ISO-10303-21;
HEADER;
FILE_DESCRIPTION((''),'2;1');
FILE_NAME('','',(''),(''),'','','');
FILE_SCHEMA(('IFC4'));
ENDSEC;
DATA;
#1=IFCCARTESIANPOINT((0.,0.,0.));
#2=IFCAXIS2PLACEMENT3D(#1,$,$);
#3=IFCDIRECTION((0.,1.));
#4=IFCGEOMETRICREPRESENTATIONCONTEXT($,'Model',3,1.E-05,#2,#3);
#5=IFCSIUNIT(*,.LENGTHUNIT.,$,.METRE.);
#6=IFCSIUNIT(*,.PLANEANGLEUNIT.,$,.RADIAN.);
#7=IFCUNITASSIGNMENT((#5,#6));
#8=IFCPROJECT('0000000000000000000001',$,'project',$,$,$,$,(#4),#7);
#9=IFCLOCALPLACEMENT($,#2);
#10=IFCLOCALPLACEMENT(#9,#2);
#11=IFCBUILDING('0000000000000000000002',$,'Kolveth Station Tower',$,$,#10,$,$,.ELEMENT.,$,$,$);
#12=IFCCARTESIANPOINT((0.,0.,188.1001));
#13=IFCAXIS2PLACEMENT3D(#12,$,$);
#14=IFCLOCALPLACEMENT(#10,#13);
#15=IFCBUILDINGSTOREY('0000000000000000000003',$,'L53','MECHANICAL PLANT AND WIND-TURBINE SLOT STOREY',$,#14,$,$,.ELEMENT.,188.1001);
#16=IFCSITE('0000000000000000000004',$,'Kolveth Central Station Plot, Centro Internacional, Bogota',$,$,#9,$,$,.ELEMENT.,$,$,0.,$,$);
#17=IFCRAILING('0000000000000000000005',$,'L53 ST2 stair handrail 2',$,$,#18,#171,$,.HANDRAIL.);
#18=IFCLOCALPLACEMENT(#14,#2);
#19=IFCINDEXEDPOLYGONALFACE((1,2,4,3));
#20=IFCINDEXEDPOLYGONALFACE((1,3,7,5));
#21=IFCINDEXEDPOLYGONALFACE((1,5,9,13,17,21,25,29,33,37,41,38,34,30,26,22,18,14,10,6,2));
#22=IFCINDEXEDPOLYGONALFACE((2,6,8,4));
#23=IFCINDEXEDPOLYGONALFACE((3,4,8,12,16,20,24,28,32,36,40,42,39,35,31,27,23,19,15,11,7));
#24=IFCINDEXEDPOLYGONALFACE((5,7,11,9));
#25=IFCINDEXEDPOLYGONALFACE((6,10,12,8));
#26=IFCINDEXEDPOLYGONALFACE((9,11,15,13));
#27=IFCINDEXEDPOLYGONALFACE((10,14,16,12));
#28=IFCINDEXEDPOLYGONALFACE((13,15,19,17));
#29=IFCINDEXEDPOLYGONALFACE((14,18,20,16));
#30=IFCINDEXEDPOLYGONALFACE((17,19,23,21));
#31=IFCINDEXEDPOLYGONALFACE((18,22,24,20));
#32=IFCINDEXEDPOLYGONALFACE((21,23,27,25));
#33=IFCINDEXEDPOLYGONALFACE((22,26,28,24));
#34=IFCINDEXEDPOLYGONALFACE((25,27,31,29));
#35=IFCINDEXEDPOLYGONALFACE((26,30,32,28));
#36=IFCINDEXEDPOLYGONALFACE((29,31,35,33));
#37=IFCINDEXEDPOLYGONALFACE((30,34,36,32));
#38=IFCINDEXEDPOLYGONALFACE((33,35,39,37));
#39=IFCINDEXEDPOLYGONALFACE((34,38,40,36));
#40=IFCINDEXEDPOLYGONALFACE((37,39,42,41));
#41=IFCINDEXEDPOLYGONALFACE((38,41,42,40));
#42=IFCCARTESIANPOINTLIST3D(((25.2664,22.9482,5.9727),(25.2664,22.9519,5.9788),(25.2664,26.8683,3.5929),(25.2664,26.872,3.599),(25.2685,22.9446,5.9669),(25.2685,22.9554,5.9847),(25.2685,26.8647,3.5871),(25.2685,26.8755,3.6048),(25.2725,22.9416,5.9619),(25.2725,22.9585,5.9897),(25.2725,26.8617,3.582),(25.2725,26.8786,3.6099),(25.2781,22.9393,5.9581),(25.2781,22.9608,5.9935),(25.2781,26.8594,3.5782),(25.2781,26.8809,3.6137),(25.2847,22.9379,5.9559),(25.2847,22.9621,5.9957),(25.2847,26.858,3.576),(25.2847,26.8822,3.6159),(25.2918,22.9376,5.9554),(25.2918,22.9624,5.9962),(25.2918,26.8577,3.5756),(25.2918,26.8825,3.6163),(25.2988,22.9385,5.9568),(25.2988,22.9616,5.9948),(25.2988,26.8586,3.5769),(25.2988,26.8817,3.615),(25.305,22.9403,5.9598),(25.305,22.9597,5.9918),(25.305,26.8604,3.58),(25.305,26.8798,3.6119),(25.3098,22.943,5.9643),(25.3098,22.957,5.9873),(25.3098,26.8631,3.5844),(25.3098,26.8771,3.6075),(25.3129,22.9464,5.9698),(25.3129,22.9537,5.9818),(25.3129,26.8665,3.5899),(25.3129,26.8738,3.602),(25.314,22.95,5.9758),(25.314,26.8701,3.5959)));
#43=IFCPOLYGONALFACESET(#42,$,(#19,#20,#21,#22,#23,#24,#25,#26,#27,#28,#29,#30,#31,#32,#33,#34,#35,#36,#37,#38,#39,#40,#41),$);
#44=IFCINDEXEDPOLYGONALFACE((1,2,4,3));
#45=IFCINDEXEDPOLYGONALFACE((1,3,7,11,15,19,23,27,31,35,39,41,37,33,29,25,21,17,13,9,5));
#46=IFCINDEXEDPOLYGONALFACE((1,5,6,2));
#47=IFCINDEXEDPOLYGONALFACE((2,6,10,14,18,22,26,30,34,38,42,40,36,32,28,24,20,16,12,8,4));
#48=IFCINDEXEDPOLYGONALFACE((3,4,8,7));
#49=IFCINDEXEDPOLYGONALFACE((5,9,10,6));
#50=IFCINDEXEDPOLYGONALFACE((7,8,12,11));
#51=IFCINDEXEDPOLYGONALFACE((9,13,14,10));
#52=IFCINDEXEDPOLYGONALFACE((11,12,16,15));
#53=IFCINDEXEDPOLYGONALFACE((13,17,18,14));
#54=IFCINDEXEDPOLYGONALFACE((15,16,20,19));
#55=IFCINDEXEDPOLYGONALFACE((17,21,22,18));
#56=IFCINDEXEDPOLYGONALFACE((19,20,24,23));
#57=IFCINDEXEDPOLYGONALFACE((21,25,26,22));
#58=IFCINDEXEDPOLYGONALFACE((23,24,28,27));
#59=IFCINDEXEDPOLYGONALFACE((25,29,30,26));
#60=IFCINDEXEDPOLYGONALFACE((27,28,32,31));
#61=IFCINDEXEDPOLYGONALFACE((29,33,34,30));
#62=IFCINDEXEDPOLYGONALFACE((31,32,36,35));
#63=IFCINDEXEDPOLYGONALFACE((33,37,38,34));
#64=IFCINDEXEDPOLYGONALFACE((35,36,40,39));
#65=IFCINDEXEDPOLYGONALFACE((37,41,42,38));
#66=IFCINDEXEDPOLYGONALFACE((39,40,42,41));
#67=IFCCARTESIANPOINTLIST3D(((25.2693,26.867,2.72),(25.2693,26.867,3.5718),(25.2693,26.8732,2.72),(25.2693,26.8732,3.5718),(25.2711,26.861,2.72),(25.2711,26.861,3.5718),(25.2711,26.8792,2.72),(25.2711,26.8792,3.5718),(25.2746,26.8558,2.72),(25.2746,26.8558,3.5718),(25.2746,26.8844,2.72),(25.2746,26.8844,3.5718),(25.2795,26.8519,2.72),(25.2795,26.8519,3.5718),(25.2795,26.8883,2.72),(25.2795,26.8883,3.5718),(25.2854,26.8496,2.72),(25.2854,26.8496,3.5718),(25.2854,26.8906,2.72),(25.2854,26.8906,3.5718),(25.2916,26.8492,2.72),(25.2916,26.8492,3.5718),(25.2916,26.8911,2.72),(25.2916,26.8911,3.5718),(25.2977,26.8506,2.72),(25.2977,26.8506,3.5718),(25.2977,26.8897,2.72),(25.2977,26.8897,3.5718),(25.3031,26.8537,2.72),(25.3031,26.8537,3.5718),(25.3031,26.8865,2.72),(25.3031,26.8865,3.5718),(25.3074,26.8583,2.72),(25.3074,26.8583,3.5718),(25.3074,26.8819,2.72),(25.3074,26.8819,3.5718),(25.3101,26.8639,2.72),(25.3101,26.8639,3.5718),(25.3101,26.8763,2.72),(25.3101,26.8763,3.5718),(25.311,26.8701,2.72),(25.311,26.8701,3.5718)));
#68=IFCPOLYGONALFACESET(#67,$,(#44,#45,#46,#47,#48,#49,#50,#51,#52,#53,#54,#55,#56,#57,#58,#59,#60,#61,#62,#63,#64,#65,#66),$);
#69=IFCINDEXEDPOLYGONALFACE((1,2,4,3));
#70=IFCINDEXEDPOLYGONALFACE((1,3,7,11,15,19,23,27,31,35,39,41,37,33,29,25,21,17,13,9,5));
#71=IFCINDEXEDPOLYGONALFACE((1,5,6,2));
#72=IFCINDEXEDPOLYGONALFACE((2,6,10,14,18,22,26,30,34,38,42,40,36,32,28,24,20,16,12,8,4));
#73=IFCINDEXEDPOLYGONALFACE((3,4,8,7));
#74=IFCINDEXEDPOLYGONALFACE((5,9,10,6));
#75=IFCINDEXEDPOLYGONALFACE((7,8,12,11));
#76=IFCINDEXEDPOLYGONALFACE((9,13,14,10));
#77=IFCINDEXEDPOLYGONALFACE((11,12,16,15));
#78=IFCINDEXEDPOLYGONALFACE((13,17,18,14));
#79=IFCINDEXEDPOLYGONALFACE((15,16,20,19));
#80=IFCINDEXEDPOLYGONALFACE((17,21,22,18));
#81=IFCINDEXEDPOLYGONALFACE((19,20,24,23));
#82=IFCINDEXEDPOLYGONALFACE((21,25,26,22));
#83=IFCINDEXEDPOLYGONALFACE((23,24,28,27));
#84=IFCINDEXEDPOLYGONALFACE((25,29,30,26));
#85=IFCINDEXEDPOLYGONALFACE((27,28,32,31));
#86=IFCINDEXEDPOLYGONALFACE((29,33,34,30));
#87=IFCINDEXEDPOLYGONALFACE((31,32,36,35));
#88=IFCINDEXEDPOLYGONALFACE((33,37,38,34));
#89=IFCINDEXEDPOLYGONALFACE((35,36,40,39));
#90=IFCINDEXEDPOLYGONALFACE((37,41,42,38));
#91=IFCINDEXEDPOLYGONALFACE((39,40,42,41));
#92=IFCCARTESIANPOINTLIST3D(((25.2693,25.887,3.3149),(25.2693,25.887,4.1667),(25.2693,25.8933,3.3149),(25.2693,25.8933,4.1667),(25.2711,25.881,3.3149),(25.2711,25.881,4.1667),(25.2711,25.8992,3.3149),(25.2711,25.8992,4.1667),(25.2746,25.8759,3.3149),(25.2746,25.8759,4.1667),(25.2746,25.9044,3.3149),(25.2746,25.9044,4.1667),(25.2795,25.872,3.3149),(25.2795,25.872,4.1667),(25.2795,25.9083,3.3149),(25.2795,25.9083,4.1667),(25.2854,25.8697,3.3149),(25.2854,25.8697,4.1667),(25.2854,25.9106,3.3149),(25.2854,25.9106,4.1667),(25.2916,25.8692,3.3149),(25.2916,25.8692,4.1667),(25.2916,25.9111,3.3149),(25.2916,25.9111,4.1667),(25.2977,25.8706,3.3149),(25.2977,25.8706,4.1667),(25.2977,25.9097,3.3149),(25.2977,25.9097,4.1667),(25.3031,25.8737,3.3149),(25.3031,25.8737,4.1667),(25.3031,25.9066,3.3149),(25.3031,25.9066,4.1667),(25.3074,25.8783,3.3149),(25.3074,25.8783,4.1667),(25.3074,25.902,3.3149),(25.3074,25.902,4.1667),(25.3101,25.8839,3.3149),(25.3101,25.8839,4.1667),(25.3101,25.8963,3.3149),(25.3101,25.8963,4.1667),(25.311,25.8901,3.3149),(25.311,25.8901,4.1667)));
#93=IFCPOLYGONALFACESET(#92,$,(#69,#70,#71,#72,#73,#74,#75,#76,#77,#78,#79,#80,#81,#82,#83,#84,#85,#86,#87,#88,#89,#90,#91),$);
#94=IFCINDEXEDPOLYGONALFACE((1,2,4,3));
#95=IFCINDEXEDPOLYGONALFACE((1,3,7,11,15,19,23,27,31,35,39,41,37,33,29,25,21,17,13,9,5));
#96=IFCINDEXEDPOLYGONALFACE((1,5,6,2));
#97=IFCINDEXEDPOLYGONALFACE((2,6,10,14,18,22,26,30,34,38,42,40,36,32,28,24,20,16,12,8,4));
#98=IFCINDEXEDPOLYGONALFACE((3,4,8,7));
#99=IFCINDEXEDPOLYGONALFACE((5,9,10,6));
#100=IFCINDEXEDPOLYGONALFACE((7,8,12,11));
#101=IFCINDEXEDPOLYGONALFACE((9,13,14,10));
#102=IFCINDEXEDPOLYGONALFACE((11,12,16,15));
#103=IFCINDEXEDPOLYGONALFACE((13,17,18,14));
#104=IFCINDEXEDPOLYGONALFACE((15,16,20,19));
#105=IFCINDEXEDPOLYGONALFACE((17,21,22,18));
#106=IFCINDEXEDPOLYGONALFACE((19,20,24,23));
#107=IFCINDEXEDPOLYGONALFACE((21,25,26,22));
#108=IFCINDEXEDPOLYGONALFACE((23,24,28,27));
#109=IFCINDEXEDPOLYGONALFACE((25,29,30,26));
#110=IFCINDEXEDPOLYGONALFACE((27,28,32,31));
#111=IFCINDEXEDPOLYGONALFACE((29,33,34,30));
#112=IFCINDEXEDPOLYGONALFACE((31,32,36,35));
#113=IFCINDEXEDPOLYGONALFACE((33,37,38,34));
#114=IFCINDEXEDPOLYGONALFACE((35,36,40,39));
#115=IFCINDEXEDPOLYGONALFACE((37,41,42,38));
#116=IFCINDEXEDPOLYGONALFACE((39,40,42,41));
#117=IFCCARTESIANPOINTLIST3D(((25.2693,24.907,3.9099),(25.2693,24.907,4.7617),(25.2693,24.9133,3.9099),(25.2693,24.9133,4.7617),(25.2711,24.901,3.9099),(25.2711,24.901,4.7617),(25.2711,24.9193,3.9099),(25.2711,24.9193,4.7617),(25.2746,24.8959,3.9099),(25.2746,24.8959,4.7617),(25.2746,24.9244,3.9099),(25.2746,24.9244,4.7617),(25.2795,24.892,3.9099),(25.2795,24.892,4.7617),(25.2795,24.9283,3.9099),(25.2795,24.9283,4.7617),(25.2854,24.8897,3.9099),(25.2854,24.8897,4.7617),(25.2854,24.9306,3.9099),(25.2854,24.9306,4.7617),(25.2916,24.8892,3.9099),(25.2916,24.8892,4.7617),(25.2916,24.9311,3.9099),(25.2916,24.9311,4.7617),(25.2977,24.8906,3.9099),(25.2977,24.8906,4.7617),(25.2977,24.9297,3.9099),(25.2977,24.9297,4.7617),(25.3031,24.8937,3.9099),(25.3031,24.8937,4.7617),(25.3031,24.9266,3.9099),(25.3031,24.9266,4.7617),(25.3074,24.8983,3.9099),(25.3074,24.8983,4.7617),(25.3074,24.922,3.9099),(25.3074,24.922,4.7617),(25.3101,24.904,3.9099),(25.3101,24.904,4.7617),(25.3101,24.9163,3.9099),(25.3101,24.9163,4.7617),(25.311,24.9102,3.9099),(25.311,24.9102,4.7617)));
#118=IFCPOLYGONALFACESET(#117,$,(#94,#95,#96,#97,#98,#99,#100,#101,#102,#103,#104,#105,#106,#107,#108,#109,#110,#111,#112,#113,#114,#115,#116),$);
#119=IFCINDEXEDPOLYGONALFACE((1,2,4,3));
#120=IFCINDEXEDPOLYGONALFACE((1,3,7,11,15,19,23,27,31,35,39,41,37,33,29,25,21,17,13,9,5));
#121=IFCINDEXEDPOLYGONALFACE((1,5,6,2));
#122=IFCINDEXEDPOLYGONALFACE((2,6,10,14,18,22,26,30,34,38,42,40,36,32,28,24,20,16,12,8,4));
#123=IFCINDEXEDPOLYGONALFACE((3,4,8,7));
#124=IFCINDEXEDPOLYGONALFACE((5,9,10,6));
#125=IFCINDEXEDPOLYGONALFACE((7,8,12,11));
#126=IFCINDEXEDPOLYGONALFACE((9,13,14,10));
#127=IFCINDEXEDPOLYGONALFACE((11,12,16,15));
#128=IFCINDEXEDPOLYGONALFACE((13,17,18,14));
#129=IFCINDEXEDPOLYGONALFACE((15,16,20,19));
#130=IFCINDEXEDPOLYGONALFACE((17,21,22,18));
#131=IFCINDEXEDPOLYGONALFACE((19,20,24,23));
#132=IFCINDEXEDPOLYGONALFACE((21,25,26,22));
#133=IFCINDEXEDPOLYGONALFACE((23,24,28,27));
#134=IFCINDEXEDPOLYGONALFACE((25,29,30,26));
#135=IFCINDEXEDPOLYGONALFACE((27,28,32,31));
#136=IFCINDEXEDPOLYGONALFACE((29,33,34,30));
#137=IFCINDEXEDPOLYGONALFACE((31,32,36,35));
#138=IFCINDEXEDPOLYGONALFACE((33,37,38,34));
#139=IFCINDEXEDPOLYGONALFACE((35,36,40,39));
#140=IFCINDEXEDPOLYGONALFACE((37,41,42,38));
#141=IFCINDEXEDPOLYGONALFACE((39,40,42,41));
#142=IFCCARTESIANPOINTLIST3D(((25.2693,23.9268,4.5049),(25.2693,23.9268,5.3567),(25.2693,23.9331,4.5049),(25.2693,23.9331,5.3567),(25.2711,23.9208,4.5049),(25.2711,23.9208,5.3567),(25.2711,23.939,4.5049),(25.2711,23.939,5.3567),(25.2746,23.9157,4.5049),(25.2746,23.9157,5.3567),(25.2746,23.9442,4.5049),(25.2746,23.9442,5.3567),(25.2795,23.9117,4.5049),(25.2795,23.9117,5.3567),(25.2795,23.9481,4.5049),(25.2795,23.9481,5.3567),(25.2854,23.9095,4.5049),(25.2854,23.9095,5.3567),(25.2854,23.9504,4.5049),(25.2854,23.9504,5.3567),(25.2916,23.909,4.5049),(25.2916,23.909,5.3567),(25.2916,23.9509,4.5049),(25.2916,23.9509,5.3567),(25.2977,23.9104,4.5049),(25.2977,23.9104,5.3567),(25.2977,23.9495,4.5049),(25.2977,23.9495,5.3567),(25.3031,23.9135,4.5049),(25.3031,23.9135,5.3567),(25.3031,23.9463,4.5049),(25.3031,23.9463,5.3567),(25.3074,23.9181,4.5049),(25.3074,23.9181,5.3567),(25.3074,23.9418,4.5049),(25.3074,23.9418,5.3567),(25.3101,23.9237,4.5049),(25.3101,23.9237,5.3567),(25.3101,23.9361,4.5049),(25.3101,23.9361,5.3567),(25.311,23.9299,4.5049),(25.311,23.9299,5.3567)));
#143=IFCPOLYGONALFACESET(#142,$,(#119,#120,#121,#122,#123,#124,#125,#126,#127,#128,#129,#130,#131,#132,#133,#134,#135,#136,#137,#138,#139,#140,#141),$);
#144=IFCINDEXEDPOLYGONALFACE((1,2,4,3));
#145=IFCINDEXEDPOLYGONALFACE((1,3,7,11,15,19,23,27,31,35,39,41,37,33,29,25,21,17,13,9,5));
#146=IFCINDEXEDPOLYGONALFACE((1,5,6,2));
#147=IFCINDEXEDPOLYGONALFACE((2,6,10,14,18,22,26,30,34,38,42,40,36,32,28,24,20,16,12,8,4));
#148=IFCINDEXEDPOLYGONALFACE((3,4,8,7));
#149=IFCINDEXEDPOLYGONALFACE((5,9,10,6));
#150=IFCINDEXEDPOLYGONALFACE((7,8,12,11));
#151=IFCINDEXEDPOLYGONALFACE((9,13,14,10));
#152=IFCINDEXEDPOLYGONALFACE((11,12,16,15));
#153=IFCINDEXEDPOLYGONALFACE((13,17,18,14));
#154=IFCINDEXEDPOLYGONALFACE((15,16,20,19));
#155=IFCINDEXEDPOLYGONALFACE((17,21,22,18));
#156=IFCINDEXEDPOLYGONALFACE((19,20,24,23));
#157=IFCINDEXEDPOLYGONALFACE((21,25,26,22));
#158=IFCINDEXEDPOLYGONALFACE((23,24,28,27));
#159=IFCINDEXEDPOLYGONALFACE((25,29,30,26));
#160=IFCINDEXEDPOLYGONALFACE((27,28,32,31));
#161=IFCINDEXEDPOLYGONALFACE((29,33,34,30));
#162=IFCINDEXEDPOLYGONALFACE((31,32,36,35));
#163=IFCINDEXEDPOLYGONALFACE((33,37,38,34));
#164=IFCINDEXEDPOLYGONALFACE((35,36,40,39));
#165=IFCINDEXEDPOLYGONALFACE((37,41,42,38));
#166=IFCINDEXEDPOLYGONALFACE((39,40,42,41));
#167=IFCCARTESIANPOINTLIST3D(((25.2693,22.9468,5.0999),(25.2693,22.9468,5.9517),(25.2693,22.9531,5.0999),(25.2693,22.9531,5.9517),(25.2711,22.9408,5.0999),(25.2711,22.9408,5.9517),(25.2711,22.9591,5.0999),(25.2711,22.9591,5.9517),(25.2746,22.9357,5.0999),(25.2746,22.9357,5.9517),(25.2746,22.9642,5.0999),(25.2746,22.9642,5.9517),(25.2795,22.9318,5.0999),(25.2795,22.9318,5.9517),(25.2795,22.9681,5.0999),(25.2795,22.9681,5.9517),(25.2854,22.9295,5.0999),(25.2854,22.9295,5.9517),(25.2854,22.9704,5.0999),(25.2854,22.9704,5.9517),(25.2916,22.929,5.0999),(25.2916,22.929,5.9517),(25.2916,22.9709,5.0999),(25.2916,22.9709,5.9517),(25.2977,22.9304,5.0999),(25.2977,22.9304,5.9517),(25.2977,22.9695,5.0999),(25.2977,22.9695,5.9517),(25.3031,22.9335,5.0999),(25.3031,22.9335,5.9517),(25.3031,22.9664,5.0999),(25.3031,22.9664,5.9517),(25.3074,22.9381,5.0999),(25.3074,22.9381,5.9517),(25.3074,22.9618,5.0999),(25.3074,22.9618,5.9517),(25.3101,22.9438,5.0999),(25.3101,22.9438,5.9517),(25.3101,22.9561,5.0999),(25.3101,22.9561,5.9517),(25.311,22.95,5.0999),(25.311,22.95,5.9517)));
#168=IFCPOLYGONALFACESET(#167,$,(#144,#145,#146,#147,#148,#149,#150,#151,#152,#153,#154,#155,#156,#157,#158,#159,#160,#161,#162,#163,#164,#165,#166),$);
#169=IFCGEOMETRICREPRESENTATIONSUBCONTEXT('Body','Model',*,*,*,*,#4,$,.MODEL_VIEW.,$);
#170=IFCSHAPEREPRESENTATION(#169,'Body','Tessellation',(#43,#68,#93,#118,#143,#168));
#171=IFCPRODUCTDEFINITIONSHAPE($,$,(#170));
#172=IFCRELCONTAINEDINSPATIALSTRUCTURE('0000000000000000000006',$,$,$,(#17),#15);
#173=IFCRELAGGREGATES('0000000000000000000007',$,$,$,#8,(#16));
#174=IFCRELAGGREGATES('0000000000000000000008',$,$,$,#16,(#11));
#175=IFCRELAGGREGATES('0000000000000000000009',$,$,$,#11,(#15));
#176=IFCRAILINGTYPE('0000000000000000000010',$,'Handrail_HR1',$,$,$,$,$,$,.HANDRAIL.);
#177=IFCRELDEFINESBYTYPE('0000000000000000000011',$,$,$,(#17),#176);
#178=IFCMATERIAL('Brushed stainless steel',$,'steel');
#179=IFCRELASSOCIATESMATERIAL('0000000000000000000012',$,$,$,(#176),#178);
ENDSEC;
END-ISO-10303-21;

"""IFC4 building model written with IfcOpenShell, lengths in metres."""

from ifc_helpers import new_model, si_unit, direction, frame, origin, origin_2d, place, context, subcontext, project, spatial, circle, extrude, material, type_object, element, save


model = new_model("IFC4")

# Units and contexts
model_context = context("Model", 3, precision=1e-05, world=origin(), true_north=direction((0.0, 1.0)))
body_context = subcontext(model_context, "Body", "Model", "MODEL_VIEW")
ifc_project = project(units=[si_unit("LENGTHUNIT", "METRE"), si_unit("PLANEANGLEUNIT", "RADIAN")], contexts=[model_context])

# Site, building, storey
site_placement = place(None, origin())
site = spatial("IfcSite", under=ifc_project, at=site_placement, Name="Kolveth Central Station Plot, Centro Internacional, Bogota", CompositionType="ELEMENT", RefElevation=0.0)
building_placement = place(site_placement, origin())
building = spatial("IfcBuilding", under=site, at=building_placement, Name="Kolveth Station Tower", CompositionType="ELEMENT")
storey_placement = place(building_placement, frame((0.0, 0.0, 188.1001)))
storey = spatial("IfcBuildingStorey", under=building, at=storey_placement, Name="L53", Description="MECHANICAL PLANT AND WIND-TURBINE SLOT STOREY", CompositionType="ELEMENT", Elevation=188.1001)

# Railing
ifc_material_1 = material(Name="Brushed stainless steel", Category="steel")
railing_type_1 = type_object("IfcRailingType", Name="Handrail_HR1", PredefinedType="HANDRAIL", material=ifc_material_1)
railing_1_placement = place(storey_placement, frame((25.29, 26.8701, 2.72)))
element("IfcRailing", 1, at=railing_1_placement, inside=storey, type_object=railing_type_1, Name="L53 ST2 stair handrail 2", PredefinedType="HANDRAIL", context=body_context, shape_type="SweptSolid", body=[
    extrude(circle(Radius=0.0239, at=origin_2d()), frame((0.0, 0.0, 0.876), z_axis=(0.0, -0.854809, 0.518943), x_axis=(1.0, 0.0, 0.0)), (0.0, 0.0, 1.0), 4.5859),
    extrude(circle(Radius=0.021, at=origin_2d()), origin(), (0.0, 0.0, 1.0), 0.8518),
    extrude(circle(Radius=0.021, at=origin_2d()), frame((0.0, -0.98, 0.595)), (0.0, 0.0, 1.0), 0.8518),
    extrude(circle(Radius=0.021, at=origin_2d()), frame((0.0, -1.96, 1.1899)), (0.0, 0.0, 1.0), 0.8518),
    extrude(circle(Radius=0.021, at=origin_2d()), frame((0.0, -2.9402, 1.7849)), (0.0, 0.0, 1.0), 0.8518),
    extrude(circle(Radius=0.021, at=origin_2d()), frame((0.0, -3.9202, 2.3799)), (0.0, 0.0, 1.0), 0.8518),
])

save(model, "model.ifc")
